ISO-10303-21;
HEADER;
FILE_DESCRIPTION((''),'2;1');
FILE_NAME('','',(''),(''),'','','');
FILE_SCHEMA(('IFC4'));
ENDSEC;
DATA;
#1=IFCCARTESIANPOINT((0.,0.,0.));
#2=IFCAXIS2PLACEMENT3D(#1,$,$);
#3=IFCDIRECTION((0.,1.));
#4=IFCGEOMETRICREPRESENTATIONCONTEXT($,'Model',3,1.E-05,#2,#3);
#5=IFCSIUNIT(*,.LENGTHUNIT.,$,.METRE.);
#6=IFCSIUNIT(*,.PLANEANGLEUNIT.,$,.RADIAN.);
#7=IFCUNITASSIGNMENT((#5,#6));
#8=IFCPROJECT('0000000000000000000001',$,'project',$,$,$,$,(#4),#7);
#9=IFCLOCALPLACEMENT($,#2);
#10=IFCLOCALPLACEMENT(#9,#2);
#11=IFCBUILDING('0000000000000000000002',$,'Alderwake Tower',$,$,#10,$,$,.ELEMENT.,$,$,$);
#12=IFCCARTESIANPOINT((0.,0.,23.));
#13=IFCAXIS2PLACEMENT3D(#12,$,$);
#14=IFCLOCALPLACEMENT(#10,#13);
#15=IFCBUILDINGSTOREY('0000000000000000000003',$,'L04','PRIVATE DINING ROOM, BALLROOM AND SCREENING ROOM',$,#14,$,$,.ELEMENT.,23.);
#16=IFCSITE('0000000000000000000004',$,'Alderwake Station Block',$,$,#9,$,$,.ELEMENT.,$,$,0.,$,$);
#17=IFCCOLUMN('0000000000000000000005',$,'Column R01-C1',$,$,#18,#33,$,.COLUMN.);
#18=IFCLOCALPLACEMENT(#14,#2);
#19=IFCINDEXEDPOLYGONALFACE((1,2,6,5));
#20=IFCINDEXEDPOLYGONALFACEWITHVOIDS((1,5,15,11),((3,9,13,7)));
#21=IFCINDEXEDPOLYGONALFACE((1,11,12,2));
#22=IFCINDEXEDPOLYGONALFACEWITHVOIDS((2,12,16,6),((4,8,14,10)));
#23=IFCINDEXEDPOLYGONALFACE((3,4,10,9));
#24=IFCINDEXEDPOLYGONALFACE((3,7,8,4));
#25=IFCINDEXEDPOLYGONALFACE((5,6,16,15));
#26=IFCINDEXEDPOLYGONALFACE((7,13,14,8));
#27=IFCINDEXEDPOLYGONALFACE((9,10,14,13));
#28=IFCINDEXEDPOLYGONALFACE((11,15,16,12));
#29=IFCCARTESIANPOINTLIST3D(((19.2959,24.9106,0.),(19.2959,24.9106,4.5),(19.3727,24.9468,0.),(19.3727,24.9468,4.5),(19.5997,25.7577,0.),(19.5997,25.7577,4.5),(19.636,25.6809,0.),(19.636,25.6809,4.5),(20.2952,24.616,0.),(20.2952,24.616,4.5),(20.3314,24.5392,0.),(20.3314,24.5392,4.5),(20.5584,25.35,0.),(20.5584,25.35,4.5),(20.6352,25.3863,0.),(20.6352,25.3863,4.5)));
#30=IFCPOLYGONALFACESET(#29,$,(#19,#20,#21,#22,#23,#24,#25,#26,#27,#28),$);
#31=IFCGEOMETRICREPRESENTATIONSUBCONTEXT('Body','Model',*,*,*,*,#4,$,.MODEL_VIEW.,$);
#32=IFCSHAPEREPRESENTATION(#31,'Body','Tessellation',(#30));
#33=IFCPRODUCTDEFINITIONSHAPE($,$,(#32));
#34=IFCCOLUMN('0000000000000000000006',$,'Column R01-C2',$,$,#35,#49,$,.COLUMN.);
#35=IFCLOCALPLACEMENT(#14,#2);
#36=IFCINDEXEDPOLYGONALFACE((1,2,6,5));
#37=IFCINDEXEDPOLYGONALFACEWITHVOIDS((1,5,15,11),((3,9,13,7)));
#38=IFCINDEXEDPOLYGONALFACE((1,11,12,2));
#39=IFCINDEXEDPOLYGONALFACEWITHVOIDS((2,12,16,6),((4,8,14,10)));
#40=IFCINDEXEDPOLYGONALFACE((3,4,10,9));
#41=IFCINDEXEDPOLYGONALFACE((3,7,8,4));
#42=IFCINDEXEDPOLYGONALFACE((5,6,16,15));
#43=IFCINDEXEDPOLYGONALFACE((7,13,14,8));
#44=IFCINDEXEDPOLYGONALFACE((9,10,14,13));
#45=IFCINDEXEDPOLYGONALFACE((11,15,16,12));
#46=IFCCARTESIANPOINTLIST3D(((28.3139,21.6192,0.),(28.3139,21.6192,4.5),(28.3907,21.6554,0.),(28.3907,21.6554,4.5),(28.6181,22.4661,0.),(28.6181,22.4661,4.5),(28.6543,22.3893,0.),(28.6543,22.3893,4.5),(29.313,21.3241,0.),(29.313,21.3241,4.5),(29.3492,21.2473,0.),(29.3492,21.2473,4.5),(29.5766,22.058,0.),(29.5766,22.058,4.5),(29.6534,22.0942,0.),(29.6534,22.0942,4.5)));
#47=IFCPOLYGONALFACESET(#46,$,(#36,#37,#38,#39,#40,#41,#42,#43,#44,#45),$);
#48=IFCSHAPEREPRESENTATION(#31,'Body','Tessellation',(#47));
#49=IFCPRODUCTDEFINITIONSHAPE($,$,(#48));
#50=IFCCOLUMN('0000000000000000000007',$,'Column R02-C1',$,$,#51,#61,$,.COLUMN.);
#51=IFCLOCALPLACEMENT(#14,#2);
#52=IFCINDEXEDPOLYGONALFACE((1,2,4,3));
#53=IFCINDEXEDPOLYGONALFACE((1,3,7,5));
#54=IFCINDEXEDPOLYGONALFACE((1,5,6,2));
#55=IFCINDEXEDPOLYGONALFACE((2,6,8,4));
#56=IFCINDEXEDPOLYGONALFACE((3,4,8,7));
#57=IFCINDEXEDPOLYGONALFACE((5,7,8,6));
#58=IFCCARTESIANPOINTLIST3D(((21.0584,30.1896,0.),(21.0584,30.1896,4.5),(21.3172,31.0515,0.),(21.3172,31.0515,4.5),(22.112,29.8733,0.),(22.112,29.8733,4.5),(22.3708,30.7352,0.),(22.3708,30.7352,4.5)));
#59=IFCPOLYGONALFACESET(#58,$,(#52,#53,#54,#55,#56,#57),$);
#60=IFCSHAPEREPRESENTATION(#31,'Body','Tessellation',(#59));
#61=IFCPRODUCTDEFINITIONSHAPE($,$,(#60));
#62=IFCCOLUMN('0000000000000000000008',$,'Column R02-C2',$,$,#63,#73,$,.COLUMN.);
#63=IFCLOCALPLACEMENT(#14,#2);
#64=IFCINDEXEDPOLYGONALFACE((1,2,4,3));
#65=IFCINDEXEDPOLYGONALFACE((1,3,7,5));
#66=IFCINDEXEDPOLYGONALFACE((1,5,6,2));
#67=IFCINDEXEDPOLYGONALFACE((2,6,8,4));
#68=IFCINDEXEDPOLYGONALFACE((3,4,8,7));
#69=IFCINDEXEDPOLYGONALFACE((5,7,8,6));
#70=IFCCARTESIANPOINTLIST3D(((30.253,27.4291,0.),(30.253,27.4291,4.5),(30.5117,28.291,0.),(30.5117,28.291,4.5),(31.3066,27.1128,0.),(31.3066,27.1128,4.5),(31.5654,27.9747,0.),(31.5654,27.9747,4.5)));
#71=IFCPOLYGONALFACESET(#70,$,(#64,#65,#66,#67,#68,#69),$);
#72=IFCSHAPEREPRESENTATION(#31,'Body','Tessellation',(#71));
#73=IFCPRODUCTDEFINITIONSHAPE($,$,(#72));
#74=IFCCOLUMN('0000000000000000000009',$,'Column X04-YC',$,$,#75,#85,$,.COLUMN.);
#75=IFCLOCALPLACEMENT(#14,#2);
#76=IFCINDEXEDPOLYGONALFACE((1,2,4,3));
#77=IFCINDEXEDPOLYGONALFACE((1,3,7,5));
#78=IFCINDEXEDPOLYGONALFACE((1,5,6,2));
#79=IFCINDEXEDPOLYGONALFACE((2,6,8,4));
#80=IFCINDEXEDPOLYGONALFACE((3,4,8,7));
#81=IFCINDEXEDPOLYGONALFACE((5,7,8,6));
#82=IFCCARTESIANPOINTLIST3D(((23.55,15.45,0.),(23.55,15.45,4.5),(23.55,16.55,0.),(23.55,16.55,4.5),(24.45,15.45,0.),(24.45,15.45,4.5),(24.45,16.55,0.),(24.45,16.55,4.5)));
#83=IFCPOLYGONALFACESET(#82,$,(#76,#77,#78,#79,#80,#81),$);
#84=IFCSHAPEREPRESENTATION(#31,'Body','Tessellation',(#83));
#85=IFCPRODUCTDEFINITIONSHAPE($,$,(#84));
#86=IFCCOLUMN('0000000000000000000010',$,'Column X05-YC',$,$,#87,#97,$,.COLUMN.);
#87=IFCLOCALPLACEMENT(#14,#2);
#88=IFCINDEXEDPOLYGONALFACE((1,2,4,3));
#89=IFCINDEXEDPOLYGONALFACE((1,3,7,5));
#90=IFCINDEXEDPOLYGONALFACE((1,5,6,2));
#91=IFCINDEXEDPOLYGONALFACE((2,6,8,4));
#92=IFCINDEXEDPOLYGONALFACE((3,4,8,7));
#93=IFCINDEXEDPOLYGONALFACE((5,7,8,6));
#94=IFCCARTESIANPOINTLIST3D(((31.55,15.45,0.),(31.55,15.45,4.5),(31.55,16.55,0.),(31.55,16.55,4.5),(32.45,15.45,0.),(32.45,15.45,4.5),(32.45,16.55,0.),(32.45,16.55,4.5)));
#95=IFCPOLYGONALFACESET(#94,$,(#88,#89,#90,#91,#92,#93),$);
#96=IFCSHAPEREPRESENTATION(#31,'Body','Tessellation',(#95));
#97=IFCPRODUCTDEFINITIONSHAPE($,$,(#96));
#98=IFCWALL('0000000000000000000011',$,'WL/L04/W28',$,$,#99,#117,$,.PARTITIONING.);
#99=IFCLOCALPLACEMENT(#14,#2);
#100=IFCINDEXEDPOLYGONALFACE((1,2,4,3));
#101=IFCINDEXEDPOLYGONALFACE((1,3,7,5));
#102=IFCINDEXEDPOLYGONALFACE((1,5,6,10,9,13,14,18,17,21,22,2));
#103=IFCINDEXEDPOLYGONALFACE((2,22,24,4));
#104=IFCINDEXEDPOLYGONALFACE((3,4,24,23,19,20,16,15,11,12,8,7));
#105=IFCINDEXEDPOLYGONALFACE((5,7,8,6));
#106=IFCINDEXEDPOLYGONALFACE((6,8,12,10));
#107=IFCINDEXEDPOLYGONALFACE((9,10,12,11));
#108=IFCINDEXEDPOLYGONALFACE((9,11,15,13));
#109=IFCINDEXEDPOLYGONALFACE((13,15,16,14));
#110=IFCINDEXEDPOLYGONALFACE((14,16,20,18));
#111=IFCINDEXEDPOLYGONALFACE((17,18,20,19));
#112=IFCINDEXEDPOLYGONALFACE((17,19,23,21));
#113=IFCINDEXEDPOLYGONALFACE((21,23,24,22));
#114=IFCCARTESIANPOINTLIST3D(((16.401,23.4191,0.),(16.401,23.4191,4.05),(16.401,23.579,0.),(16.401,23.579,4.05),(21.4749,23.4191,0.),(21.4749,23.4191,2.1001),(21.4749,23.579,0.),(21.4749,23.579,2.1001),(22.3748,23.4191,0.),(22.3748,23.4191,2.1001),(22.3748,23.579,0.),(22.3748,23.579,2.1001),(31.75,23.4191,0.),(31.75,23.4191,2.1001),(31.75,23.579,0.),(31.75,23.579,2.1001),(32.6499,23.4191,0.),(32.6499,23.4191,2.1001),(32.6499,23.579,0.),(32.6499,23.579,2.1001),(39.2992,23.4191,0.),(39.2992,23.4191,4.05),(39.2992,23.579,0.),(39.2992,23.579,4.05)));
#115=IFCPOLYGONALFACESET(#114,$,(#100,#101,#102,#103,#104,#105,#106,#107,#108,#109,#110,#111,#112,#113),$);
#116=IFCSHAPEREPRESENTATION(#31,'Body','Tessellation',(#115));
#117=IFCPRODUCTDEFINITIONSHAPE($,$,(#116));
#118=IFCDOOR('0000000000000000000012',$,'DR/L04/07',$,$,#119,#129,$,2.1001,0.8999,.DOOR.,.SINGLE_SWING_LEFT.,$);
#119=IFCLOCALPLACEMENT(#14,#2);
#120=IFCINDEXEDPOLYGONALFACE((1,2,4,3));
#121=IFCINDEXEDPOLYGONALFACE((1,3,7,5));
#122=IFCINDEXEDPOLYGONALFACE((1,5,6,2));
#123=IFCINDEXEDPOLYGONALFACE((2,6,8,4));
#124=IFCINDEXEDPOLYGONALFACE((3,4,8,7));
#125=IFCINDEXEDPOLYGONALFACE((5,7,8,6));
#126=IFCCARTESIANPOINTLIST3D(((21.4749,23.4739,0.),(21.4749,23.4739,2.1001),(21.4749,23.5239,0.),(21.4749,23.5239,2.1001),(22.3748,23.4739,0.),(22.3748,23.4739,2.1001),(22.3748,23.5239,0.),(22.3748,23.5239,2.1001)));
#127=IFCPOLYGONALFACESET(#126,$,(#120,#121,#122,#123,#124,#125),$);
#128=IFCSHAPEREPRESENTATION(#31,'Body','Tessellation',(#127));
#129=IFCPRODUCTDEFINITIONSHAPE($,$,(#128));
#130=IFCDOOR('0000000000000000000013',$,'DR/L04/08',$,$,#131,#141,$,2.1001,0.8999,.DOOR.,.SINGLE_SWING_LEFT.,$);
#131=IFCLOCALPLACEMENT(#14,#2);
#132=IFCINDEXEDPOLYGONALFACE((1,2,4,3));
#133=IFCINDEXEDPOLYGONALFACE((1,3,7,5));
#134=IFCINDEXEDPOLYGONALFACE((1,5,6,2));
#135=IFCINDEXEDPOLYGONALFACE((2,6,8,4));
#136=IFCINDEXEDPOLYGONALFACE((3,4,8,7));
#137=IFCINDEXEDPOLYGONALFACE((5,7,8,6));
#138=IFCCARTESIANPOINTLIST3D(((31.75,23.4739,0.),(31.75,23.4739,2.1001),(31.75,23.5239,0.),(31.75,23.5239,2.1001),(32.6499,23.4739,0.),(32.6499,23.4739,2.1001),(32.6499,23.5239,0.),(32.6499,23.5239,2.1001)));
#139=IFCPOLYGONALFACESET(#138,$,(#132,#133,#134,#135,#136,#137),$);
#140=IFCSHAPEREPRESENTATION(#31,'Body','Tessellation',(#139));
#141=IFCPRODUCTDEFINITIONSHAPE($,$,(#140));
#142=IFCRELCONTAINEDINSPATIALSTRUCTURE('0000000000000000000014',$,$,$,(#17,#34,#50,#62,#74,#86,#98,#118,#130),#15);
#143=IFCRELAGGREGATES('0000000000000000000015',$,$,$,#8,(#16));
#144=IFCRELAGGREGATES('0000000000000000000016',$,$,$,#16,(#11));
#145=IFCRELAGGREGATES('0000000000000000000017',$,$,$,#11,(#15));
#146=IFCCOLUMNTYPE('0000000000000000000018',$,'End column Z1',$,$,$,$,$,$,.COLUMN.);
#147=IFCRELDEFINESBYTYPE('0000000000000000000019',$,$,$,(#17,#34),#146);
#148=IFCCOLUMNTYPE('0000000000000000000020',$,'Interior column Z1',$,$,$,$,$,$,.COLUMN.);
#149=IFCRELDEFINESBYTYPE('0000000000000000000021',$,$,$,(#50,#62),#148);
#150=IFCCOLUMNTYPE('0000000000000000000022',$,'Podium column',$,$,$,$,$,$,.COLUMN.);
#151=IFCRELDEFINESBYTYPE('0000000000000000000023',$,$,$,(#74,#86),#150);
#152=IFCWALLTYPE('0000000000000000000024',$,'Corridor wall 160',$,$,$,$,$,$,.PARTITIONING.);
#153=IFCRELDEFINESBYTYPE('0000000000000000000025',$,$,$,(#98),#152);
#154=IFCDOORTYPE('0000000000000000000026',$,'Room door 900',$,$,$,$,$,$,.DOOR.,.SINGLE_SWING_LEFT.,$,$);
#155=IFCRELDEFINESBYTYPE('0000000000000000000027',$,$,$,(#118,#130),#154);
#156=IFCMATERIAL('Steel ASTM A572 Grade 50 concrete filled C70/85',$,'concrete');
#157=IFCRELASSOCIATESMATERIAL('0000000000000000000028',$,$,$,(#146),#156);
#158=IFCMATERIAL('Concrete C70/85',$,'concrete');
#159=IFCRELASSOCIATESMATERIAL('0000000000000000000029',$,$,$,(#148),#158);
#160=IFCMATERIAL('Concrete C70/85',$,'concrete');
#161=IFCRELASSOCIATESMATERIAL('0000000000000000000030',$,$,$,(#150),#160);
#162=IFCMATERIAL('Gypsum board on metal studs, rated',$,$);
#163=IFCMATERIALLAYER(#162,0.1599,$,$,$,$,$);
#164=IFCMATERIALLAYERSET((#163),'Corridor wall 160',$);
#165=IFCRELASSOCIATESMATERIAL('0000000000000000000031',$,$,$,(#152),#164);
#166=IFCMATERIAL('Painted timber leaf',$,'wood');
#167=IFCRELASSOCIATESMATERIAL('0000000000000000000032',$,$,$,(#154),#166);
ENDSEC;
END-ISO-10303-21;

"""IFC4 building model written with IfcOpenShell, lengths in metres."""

from ifc_helpers import new_model, si_unit, direction, frame, frame_2d, origin, origin_2d, place, context, subcontext, project, spatial, rectangle, hollow_rectangle, extrude, material, layer, layer_set, material_profile, profile_set, type_object, element, fill, save


model = new_model("IFC4")

# Units and contexts
model_context = context("Model", 3, precision=1e-05, world=origin(), true_north=direction((0.0, 1.0)))
body_context = subcontext(model_context, "Body", "Model", "MODEL_VIEW")
ifc_project = project(units=[si_unit("LENGTHUNIT", "METRE"), si_unit("PLANEANGLEUNIT", "RADIAN")], contexts=[model_context])

# Site, building, storey
site_placement = place(None, origin())
site = spatial("IfcSite", under=ifc_project, at=site_placement, Name="Alderwake Station Block", CompositionType="ELEMENT", RefElevation=0.0)
building_placement = place(site_placement, origin())
building = spatial("IfcBuilding", under=site, at=building_placement, Name="Alderwake Tower", CompositionType="ELEMENT")
storey_placement = place(building_placement, frame((0.0, 0.0, 23.0)))
storey = spatial("IfcBuildingStorey", under=building, at=storey_placement, Name="L04", Description="PRIVATE DINING ROOM, BALLROOM AND SCREENING ROOM", CompositionType="ELEMENT", Elevation=23.0)

# Columns
ifc_material_1 = material(Name="Steel ASTM A572 Grade 50 concrete filled C70/85", Category="concrete")
ifc_material_profile_1 = material_profile(ifc_material_1, hollow_rectangle(XDim=0.8999, YDim=1.1001, WallThickness=0.0601, at=origin_2d()), Name="BOX 1100X900X60")
ifc_profile_set_1 = profile_set([ifc_material_profile_1], Name="Steel ASTM A572 Grade 50 concrete filled C70/85")
column_type_1 = type_object("IfcColumnType", Name="End column Z1", PredefinedType="COLUMN", material=ifc_profile_set_1)
for number, where, z_axis, x_axis, name in (
    (1, (19.9656, 25.1484, 0.0), (0.0, 0.0, 1.0), (0.337585, 0.941295, 0.0), "Column R01-C1"),
    (2, (28.9836, 21.8567, 0.0), (0.0, 0.0, 1.0), (0.338027, 0.941136, 0.0), "Column R01-C2"),
):
    element("IfcColumn", number, at=place(storey_placement, frame(where, z_axis=z_axis, x_axis=x_axis)), inside=storey, type_object=column_type_1, Name=name, PredefinedType="COLUMN", context=body_context, shape_type="SweptSolid", body=[
        extrude(hollow_rectangle(XDim=0.8999, YDim=1.1001, WallThickness=0.0601, at=origin_2d()), origin(), (0.0, 0.0, 1.0), 4.5),
    ])
ifc_material_2 = material(Name="Concrete C70/85", Category="concrete")
ifc_material_profile_2 = material_profile(ifc_material_2, rectangle(XDim=0.8999, YDim=1.1001, at=origin_2d()), Name="RC 1100X900")
ifc_profile_set_2 = profile_set([ifc_material_profile_2], Name="Concrete C70/85")
column_type_2 = type_object("IfcColumnType", Name="Interior column Z1", PredefinedType="COLUMN", material=ifc_profile_set_2)
for number, where, z_axis, x_axis, name in (
    (3, (21.7146, 30.4624, 0.0), (0.0, 0.0, 1.0), (0.287549, 0.957766, 0.0), "Column R02-C1"),
    (4, (30.9092, 27.7019, 0.0), (0.0, 0.0, 1.0), (0.287549, 0.957766, 0.0), "Column R02-C2"),
):
    element("IfcColumn", number, at=place(storey_placement, frame(where, z_axis=z_axis, x_axis=x_axis)), inside=storey, type_object=column_type_2, Name=name, PredefinedType="COLUMN", context=body_context, shape_type="SweptSolid", body=[
        extrude(rectangle(XDim=0.8999, YDim=1.1001, at=origin_2d()), origin(), (0.0, 0.0, 1.0), 4.5),
    ])
ifc_material_3 = material(Name="Concrete C70/85", Category="concrete")
ifc_material_profile_3 = material_profile(ifc_material_3, rectangle(XDim=0.8999, YDim=1.1001, at=origin_2d()), Name="RC 1100X900")
ifc_profile_set_3 = profile_set([ifc_material_profile_3], Name="Concrete C70/85")
column_type_3 = type_object("IfcColumnType", Name="Podium column", PredefinedType="COLUMN", material=ifc_profile_set_3)
for number, where, z_axis, x_axis, name in (
    (5, (24.0, 16.0, 0.0), (0.0, 0.0, 1.0), (1.0, 0.0, 0.0), "Column X04-YC"),
    (6, (32.0, 16.0, 0.0), (0.0, 0.0, 1.0), (1.0, 0.0, 0.0), "Column X05-YC"),
):
    element("IfcColumn", number, at=place(storey_placement, frame(where, z_axis=z_axis, x_axis=x_axis)), inside=storey, type_object=column_type_3, Name=name, PredefinedType="COLUMN", context=body_context, shape_type="SweptSolid", body=[
        extrude(rectangle(XDim=0.8999, YDim=1.1001, at=origin_2d()), origin(), (0.0, 0.0, 1.0), 4.5),
    ])

# Wall, openings, doors
ifc_material_4 = material(Name="Gypsum board on metal studs, rated")
ifc_layer_1 = layer(ifc_material_4, 0.1599)
ifc_layer_set_1 = layer_set([ifc_layer_1], Name="Corridor wall 160")
wall_type_1 = type_object("IfcWallType", Name="Corridor wall 160", PredefinedType="PARTITIONING", material=ifc_layer_set_1)
wall_1_placement = place(storey_placement, frame((16.4009, 23.499, 0.0), z_axis=(0.0, 0.0, 1.0), x_axis=(1.0, 0.0, 0.0)))
wall_1 = element("IfcWall", 7, at=wall_1_placement, inside=storey, type_object=wall_type_1, Name="WL/L04/W28", PredefinedType="PARTITIONING", context=body_context, shape_type="SweptSolid", body=[
    extrude(rectangle(XDim=22.8982, YDim=0.1599, at=frame_2d((11.4492, 0.0))), origin(), (0.0, 0.0, 1.0), 4.05),
])
opening_1_placement = place(wall_1_placement, frame((5.074, 0.0, 0.0)))
opening_1 = element("IfcOpeningElement", 8, at=opening_1_placement, cuts=wall_1, PredefinedType="OPENING", context=body_context, shape_type="SweptSolid", body=[
    extrude(rectangle(XDim=0.8999, YDim=2.1001, at=frame_2d((0.45, 1.05))), frame((0.0, 0.0898, 0.0), z_axis=(0.0, -1.0, 0.0), x_axis=(1.0, 0.0, 0.0)), (0.0, 0.0, 1.0), 0.1799),
])
opening_2_placement = place(wall_1_placement, frame((15.3491, 0.0, 0.0)))
opening_2 = element("IfcOpeningElement", 9, at=opening_2_placement, cuts=wall_1, PredefinedType="OPENING", context=body_context, shape_type="SweptSolid", body=[
    extrude(rectangle(XDim=0.8999, YDim=2.1001, at=frame_2d((0.45, 1.05))), frame((0.0, 0.0898, 0.0), z_axis=(0.0, -1.0, 0.0), x_axis=(1.0, 0.0, 0.0)), (0.0, 0.0, 1.0), 0.1799),
])
ifc_material_5 = material(Name="Painted timber leaf", Category="wood")
door_type = type_object("IfcDoorType", Name="Room door 900", OperationType="SINGLE_SWING_LEFT", PredefinedType="DOOR", material=ifc_material_5)
door_1_placement = place(opening_1_placement, origin())
door_1 = element("IfcDoor", 10, at=door_1_placement, inside=storey, type_object=door_type, Name="DR/L04/07", OperationType="SINGLE_SWING_LEFT", OverallHeight=2.1001, OverallWidth=0.8999, PredefinedType="DOOR", context=body_context, shape_type="SweptSolid", body=[
    extrude(rectangle(XDim=0.8999, YDim=2.1001, at=frame_2d((0.45, 1.05))), frame((0.0, 0.0249, 0.0), z_axis=(0.0, -1.0, 0.0), x_axis=(1.0, 0.0, 0.0)), (0.0, 0.0, 1.0), 0.05),
])
fill(opening_1, door_1)
door_2_placement = place(opening_2_placement, origin())
door_2 = element("IfcDoor", 11, at=door_2_placement, inside=storey, type_object=door_type, Name="DR/L04/08", OperationType="SINGLE_SWING_LEFT", OverallHeight=2.1001, OverallWidth=0.8999, PredefinedType="DOOR", context=body_context, shape_type="SweptSolid", body=[
    extrude(rectangle(XDim=0.8999, YDim=2.1001, at=frame_2d((0.45, 1.05))), frame((0.0, 0.0249, 0.0), z_axis=(0.0, -1.0, 0.0), x_axis=(1.0, 0.0, 0.0)), (0.0, 0.0, 1.0), 0.05),
])
fill(opening_2, door_2)

save(model, "model.ifc")
